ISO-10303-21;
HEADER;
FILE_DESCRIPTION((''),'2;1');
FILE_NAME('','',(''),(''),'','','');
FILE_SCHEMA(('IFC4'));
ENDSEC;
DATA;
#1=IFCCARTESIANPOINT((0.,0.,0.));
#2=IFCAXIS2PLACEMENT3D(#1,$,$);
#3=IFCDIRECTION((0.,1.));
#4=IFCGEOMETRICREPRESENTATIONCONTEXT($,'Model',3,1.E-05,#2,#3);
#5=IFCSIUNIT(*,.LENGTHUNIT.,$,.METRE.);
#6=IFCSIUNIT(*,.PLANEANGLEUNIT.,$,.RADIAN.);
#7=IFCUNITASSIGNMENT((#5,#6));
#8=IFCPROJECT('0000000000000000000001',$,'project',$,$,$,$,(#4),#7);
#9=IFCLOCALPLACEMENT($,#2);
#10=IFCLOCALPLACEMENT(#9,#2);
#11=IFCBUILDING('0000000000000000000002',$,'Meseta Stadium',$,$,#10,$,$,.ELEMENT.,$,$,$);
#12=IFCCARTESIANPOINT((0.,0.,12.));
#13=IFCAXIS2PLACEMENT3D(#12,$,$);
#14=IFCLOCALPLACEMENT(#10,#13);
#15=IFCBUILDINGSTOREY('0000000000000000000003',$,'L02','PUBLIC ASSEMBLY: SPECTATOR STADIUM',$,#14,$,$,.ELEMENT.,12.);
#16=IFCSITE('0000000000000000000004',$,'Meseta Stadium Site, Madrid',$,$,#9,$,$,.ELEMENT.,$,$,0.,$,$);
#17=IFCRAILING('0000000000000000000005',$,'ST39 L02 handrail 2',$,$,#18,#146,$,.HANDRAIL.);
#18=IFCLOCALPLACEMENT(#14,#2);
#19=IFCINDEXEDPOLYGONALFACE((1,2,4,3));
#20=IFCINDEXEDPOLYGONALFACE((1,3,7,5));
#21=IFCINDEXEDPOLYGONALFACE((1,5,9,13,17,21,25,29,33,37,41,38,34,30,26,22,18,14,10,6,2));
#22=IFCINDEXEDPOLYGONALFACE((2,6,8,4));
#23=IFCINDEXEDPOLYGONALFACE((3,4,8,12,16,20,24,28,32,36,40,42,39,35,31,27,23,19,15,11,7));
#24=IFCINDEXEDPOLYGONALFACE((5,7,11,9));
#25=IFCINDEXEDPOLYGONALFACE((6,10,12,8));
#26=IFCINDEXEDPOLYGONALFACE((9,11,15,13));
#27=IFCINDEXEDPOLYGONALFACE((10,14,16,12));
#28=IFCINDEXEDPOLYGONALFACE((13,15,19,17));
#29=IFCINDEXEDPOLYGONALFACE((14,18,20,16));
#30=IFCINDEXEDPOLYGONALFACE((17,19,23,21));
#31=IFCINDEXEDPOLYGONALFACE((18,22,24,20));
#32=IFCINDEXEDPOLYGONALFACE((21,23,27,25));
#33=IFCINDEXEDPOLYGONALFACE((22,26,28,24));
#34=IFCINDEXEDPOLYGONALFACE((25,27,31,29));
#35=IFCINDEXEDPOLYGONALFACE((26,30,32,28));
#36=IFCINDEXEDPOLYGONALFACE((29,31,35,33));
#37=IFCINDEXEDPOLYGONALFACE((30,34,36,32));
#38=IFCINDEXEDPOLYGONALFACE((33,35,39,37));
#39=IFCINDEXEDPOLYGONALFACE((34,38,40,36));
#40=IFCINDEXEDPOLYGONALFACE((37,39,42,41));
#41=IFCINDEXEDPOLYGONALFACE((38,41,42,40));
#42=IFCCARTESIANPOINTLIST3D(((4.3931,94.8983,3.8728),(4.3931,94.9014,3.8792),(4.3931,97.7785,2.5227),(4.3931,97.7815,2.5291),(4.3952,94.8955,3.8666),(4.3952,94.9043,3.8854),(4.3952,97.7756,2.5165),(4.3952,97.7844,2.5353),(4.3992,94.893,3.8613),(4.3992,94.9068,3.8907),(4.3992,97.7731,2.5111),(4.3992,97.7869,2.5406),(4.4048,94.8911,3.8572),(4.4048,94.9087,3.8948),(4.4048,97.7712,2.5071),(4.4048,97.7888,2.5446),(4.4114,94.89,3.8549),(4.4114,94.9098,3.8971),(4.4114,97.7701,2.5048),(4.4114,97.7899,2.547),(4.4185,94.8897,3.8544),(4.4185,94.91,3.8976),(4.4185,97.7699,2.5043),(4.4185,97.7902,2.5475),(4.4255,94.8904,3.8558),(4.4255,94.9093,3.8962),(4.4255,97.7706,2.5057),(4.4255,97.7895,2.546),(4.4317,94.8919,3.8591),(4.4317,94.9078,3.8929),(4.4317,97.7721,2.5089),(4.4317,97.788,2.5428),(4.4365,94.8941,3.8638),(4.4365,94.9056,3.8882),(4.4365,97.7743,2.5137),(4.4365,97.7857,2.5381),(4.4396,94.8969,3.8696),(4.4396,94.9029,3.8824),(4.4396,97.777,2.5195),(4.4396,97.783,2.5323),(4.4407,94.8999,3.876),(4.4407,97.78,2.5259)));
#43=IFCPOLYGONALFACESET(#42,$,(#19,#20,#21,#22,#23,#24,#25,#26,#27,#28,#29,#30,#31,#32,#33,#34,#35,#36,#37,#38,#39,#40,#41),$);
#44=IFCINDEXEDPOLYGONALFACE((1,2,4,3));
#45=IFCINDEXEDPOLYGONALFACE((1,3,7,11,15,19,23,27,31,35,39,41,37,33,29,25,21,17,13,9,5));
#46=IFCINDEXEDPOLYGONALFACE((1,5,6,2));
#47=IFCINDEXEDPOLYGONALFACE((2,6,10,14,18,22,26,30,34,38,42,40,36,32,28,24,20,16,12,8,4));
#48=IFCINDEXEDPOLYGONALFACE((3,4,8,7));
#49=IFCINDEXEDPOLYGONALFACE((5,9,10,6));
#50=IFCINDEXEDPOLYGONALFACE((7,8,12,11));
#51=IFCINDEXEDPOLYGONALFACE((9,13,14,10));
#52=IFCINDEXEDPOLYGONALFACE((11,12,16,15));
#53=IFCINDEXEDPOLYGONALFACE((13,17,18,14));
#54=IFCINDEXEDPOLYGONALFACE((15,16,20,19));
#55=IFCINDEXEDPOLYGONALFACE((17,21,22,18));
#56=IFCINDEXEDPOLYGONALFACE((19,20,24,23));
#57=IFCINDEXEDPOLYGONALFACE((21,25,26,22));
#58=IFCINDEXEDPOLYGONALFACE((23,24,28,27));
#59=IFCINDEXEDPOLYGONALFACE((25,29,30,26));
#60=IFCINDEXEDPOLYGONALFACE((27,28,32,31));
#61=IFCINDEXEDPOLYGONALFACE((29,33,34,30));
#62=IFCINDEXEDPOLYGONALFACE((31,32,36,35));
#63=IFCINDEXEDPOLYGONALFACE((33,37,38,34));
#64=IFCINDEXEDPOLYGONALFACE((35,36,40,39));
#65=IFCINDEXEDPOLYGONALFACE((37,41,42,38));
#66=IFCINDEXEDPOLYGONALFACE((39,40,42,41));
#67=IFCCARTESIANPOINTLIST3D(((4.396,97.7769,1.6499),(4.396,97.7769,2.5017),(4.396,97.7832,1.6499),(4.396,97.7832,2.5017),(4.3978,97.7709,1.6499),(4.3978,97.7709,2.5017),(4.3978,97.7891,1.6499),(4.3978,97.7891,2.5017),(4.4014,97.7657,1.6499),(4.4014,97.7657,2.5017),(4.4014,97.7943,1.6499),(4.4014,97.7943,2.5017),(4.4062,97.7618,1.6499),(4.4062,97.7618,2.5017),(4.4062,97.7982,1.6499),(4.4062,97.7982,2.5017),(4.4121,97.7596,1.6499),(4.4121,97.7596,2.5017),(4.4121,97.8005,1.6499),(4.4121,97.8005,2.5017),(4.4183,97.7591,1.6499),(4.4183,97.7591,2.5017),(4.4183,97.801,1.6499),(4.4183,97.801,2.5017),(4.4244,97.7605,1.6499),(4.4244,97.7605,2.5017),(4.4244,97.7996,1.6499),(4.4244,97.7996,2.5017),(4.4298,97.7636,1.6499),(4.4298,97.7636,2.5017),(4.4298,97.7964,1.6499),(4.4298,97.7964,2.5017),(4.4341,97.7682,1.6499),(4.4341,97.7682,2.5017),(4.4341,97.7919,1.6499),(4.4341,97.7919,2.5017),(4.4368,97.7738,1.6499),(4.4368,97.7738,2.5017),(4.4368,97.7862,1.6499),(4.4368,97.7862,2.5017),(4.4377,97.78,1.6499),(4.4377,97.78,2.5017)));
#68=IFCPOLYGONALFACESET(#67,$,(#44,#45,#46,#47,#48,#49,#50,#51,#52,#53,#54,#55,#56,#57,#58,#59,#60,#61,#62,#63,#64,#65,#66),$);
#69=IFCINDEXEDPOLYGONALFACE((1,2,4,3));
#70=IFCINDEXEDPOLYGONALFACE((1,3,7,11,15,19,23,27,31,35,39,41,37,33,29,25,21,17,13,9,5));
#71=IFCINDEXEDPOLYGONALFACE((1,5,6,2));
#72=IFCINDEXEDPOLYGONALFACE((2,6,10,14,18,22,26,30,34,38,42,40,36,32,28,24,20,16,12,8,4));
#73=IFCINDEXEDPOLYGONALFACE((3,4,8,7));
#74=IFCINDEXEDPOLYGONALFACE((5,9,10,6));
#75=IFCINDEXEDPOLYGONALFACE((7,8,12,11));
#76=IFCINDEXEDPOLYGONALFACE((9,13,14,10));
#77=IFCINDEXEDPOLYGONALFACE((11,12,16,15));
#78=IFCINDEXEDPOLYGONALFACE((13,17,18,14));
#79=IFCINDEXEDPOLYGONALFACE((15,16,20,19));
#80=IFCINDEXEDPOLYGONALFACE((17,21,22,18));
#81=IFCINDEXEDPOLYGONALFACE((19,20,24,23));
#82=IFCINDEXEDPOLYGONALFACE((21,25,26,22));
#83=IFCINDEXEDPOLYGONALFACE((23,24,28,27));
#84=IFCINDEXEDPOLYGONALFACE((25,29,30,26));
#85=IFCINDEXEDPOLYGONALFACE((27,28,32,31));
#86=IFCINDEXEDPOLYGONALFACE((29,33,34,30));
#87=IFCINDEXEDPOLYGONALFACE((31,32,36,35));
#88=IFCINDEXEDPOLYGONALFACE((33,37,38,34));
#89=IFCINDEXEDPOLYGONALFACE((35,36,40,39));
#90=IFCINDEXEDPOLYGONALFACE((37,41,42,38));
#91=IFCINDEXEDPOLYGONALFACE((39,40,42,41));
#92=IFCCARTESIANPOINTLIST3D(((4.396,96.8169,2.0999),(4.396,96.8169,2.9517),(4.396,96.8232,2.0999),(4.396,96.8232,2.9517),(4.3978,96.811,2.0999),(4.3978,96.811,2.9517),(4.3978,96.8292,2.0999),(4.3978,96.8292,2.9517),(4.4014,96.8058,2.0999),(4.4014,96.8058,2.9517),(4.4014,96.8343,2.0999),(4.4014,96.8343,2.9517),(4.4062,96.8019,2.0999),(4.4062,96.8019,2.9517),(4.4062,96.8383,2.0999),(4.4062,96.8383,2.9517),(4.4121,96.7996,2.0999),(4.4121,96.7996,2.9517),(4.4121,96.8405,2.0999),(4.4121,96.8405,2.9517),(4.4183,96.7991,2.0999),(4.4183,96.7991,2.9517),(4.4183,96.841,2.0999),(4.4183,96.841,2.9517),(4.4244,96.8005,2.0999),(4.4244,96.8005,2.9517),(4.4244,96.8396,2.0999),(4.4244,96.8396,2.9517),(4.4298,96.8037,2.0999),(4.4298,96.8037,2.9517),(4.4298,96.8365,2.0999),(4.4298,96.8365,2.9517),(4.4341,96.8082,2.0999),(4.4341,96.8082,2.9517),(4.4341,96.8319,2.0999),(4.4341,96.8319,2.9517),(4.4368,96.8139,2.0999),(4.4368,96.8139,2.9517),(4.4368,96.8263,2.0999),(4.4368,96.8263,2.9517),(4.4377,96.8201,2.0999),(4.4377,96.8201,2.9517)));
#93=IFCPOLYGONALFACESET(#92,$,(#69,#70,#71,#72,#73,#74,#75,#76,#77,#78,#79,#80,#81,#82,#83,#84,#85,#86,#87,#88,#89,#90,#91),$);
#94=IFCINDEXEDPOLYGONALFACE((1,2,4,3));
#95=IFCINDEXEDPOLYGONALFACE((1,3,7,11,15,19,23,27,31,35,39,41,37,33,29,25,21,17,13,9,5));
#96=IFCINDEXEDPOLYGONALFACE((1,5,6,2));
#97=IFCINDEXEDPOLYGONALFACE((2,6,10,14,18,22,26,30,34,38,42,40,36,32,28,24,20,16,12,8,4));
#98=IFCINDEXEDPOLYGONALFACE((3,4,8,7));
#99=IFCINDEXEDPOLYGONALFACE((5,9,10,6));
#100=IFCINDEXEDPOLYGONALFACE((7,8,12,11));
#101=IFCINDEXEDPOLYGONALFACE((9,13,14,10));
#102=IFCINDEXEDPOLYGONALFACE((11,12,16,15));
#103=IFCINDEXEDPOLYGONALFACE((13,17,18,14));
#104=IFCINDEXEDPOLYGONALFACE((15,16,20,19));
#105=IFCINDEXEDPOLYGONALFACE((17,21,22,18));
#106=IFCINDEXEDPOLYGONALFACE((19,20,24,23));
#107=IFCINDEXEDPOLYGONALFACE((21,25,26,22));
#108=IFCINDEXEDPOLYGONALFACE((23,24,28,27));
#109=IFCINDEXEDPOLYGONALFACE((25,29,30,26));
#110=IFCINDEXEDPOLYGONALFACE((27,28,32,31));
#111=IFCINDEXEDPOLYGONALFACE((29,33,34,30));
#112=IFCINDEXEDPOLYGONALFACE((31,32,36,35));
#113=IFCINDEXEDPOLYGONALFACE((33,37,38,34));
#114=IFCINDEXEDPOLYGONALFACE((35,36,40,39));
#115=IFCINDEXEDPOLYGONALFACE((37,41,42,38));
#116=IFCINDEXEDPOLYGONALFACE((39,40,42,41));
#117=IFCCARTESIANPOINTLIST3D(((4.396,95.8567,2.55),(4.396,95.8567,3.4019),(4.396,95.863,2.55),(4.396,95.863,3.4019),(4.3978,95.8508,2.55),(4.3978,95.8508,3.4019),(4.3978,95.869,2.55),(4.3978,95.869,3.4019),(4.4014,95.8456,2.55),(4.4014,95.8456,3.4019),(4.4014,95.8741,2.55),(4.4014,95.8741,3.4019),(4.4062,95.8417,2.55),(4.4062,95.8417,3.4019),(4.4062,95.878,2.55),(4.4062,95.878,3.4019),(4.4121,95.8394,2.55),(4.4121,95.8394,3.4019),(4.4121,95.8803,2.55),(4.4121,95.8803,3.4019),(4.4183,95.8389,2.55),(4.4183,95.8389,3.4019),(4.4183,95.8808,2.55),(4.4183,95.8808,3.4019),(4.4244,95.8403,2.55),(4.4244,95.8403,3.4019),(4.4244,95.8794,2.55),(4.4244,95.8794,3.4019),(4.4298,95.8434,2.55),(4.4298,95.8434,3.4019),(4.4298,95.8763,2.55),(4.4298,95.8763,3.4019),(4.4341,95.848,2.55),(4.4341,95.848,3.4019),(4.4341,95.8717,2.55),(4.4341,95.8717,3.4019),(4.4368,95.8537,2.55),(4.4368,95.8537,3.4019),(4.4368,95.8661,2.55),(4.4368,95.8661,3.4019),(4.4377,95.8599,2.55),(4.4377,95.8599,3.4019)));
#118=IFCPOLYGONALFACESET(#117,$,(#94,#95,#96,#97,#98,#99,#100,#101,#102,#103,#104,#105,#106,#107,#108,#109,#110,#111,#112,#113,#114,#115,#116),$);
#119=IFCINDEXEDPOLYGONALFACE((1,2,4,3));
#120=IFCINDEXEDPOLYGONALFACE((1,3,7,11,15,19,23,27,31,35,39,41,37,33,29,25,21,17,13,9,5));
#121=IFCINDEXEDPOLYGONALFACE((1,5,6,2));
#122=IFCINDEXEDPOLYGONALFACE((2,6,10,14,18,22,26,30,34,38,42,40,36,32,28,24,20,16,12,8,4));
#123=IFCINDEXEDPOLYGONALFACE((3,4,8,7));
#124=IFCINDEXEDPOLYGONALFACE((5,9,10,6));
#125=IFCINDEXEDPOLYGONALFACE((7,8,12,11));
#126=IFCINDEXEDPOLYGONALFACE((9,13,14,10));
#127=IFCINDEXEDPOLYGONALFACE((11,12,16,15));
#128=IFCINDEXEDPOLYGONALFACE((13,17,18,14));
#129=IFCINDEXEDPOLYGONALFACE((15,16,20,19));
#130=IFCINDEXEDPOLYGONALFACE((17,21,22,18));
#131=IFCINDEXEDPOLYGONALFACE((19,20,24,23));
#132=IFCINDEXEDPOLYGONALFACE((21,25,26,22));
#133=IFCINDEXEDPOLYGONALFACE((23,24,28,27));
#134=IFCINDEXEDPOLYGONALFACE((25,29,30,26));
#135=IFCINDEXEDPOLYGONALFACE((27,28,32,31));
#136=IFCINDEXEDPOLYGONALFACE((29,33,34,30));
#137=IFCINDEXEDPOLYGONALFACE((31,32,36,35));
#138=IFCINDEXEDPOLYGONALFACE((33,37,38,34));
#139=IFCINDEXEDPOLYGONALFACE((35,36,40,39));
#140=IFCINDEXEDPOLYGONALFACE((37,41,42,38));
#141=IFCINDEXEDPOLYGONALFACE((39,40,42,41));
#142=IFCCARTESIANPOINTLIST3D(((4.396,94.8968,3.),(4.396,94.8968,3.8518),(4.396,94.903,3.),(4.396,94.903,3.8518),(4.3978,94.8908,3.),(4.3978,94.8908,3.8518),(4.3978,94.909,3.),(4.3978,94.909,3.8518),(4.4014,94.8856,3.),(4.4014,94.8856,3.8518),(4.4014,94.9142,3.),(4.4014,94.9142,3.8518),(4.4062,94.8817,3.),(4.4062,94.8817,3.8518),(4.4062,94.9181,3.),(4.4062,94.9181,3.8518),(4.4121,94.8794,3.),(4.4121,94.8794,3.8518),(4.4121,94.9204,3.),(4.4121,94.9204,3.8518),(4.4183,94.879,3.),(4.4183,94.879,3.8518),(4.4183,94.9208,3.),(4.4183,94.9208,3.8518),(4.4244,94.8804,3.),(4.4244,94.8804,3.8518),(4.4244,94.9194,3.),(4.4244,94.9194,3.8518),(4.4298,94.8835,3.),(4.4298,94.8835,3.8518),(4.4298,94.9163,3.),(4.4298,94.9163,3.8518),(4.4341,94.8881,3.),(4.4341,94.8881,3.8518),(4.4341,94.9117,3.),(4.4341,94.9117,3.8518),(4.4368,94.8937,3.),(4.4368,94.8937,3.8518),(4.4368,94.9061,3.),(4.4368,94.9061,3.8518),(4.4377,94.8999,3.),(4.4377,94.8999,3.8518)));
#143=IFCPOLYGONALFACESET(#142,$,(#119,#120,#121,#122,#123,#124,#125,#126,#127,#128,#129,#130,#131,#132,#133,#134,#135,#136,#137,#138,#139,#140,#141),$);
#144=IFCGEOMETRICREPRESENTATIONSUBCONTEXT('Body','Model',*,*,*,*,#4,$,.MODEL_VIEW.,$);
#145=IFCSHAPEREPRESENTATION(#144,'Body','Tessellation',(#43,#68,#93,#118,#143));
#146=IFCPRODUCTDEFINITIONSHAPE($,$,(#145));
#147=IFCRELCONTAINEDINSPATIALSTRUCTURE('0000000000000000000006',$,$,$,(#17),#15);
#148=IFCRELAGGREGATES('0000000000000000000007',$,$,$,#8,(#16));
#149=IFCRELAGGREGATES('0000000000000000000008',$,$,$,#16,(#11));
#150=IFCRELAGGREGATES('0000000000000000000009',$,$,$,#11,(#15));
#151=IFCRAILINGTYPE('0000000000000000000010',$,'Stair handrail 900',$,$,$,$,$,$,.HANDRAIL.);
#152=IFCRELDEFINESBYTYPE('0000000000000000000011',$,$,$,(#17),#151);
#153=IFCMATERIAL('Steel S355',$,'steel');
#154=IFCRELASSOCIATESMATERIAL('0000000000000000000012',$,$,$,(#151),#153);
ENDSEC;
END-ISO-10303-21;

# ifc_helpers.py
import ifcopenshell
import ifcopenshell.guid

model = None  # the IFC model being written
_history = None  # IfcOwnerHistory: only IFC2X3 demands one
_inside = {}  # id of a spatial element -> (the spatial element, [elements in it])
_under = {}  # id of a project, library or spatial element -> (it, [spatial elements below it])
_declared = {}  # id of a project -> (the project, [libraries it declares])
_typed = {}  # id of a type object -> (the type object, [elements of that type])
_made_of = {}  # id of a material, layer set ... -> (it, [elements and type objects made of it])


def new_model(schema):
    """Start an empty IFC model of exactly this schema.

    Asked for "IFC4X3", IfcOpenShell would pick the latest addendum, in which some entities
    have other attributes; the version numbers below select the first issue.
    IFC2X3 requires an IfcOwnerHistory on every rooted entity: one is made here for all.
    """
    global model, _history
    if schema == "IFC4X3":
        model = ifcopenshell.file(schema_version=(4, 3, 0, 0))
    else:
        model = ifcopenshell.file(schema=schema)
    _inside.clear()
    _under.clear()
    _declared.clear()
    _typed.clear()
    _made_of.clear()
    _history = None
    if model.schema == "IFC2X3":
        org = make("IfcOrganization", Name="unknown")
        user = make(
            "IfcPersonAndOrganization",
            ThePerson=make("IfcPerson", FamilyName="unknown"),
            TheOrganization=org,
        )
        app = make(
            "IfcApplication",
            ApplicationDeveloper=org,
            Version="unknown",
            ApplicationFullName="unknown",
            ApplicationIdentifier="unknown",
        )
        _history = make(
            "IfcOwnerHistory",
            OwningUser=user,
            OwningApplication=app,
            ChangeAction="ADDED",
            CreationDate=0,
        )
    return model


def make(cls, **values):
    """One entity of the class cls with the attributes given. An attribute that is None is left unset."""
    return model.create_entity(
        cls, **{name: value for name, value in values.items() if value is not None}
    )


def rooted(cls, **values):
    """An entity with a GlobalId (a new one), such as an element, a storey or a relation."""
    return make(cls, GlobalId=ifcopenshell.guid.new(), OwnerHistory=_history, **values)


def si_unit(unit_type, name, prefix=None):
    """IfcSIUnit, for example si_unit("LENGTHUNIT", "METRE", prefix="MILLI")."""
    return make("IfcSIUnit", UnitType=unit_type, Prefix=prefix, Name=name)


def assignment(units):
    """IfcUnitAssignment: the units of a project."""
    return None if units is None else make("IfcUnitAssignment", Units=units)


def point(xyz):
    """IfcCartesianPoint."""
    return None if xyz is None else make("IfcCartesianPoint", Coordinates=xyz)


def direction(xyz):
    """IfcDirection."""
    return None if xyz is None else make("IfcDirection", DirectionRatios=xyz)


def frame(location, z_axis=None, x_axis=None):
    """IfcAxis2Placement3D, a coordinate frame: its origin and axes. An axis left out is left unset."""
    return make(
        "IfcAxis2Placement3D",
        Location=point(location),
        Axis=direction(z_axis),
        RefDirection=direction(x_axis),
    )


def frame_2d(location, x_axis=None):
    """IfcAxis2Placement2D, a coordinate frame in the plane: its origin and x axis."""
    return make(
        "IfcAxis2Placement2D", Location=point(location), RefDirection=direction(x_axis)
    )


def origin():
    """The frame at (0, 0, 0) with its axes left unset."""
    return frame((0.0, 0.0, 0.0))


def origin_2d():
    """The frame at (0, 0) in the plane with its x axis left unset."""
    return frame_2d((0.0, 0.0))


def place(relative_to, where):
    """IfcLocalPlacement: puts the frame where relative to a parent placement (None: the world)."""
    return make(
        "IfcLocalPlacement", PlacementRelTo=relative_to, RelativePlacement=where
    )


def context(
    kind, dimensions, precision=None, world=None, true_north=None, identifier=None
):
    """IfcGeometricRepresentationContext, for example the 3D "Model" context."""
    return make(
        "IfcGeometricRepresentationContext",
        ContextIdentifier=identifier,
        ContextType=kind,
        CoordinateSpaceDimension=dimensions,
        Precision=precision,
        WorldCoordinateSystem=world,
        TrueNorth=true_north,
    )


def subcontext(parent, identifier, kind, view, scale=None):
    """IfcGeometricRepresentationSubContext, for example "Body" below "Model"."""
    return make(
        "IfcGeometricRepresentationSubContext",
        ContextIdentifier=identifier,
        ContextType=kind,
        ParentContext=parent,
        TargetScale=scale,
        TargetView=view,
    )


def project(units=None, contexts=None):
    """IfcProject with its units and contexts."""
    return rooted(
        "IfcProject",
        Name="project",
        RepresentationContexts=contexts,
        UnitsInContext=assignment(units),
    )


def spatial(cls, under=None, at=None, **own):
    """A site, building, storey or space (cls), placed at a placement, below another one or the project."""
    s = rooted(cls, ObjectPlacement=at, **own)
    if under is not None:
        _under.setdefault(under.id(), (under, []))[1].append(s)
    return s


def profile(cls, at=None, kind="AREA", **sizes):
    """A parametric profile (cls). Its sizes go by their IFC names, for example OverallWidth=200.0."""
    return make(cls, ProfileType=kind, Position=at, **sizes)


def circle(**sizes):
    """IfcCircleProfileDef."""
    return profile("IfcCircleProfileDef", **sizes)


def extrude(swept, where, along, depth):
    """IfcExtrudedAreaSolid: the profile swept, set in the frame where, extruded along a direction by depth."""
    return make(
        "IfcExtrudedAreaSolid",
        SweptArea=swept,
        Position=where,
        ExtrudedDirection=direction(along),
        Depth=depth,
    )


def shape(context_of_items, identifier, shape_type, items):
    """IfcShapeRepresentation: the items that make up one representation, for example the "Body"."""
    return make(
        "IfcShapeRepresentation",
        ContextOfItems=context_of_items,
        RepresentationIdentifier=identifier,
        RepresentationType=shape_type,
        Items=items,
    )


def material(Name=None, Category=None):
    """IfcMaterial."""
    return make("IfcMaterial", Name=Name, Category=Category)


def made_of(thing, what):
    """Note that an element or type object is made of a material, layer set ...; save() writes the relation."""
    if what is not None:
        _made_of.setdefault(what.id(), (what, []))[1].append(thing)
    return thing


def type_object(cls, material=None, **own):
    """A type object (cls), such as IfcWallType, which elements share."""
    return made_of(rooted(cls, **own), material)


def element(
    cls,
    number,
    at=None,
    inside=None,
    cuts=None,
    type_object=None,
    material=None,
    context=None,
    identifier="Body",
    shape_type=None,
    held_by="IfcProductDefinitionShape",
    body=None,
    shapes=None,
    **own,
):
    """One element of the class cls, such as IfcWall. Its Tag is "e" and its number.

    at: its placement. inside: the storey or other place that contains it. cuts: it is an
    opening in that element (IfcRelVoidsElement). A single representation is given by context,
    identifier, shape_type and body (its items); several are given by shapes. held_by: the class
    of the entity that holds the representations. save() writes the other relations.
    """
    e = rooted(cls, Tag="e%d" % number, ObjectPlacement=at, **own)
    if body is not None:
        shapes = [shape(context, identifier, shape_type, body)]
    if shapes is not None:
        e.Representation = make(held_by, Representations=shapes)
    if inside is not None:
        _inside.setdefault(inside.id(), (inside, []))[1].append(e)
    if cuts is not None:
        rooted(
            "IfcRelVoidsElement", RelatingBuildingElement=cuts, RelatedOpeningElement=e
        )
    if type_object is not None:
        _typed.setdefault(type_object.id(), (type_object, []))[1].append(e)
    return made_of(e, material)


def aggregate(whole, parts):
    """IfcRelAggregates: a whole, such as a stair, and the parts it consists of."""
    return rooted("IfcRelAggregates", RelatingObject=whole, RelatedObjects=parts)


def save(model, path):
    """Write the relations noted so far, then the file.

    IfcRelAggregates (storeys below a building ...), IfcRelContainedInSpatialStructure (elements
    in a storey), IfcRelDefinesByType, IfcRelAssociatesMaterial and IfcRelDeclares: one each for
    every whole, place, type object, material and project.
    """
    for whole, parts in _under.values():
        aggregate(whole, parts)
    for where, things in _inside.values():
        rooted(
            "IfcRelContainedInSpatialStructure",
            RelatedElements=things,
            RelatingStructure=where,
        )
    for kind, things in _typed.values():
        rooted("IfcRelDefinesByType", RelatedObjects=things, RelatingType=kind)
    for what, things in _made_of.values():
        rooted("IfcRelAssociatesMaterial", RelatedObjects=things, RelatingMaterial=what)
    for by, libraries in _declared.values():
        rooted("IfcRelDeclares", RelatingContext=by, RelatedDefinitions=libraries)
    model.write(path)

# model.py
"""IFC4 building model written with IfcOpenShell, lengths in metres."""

from ifc_helpers import new_model, si_unit, direction, frame, origin, origin_2d, place, context, subcontext, project, spatial, circle, extrude, material, type_object, element, save


model = new_model("IFC4")

# Units and contexts
model_context = context("Model", 3, precision=1e-05, world=origin(), true_north=direction((0.0, 1.0)))
body_context = subcontext(model_context, "Body", "Model", "MODEL_VIEW")
ifc_project = project(units=[si_unit("LENGTHUNIT", "METRE"), si_unit("PLANEANGLEUNIT", "RADIAN")], contexts=[model_context])

# Site, building, storey
site_placement = place(None, origin())
site = spatial("IfcSite", under=ifc_project, at=site_placement, Name="Meseta Stadium Site, Madrid", CompositionType="ELEMENT", RefElevation=0.0)
building_placement = place(site_placement, origin())
building = spatial("IfcBuilding", under=site, at=building_placement, Name="Meseta Stadium", CompositionType="ELEMENT")
storey_placement = place(building_placement, frame((0.0, 0.0, 12.0)))
storey = spatial("IfcBuildingStorey", under=building, at=storey_placement, Name="L02", Description="PUBLIC ASSEMBLY: SPECTATOR STADIUM", CompositionType="ELEMENT", Elevation=12.0)

# Railing
ifc_material_1 = material(Name="Steel S355", Category="steel")
railing_type_1 = type_object("IfcRailingType", Name="Stair handrail 900", PredefinedType="HANDRAIL", material=ifc_material_1)
railing_1_placement = place(storey_placement, frame((4.4167, 97.78, 1.6499)))
element("IfcRailing", 1, at=railing_1_placement, inside=storey, type_object=railing_type_1, Name="ST39 L02 handrail 2", PredefinedType="HANDRAIL", context=body_context, shape_type="SweptSolid", body=[
    extrude(circle(Radius=0.0239, at=origin_2d()), frame((0.0, 0.0, 0.876), z_axis=(0.0, -0.905454, 0.424444), x_axis=(1.0, 0.0, 0.0)), (0.0, 0.0, 1.0), 3.1809),
    extrude(circle(Radius=0.021, at=origin_2d()), origin(), (0.0, 0.0, 1.0), 0.8518),
    extrude(circle(Radius=0.021, at=origin_2d()), frame((0.0, -0.96, 0.45)), (0.0, 0.0, 1.0), 0.8518),
    extrude(circle(Radius=0.021, at=origin_2d()), frame((0.0, -1.9202, 0.9001)), (0.0, 0.0, 1.0), 0.8518),
    extrude(circle(Radius=0.021, at=origin_2d()), frame((0.0, -2.8801, 1.3501)), (0.0, 0.0, 1.0), 0.8518),
])

save(model, "model.ifc")
